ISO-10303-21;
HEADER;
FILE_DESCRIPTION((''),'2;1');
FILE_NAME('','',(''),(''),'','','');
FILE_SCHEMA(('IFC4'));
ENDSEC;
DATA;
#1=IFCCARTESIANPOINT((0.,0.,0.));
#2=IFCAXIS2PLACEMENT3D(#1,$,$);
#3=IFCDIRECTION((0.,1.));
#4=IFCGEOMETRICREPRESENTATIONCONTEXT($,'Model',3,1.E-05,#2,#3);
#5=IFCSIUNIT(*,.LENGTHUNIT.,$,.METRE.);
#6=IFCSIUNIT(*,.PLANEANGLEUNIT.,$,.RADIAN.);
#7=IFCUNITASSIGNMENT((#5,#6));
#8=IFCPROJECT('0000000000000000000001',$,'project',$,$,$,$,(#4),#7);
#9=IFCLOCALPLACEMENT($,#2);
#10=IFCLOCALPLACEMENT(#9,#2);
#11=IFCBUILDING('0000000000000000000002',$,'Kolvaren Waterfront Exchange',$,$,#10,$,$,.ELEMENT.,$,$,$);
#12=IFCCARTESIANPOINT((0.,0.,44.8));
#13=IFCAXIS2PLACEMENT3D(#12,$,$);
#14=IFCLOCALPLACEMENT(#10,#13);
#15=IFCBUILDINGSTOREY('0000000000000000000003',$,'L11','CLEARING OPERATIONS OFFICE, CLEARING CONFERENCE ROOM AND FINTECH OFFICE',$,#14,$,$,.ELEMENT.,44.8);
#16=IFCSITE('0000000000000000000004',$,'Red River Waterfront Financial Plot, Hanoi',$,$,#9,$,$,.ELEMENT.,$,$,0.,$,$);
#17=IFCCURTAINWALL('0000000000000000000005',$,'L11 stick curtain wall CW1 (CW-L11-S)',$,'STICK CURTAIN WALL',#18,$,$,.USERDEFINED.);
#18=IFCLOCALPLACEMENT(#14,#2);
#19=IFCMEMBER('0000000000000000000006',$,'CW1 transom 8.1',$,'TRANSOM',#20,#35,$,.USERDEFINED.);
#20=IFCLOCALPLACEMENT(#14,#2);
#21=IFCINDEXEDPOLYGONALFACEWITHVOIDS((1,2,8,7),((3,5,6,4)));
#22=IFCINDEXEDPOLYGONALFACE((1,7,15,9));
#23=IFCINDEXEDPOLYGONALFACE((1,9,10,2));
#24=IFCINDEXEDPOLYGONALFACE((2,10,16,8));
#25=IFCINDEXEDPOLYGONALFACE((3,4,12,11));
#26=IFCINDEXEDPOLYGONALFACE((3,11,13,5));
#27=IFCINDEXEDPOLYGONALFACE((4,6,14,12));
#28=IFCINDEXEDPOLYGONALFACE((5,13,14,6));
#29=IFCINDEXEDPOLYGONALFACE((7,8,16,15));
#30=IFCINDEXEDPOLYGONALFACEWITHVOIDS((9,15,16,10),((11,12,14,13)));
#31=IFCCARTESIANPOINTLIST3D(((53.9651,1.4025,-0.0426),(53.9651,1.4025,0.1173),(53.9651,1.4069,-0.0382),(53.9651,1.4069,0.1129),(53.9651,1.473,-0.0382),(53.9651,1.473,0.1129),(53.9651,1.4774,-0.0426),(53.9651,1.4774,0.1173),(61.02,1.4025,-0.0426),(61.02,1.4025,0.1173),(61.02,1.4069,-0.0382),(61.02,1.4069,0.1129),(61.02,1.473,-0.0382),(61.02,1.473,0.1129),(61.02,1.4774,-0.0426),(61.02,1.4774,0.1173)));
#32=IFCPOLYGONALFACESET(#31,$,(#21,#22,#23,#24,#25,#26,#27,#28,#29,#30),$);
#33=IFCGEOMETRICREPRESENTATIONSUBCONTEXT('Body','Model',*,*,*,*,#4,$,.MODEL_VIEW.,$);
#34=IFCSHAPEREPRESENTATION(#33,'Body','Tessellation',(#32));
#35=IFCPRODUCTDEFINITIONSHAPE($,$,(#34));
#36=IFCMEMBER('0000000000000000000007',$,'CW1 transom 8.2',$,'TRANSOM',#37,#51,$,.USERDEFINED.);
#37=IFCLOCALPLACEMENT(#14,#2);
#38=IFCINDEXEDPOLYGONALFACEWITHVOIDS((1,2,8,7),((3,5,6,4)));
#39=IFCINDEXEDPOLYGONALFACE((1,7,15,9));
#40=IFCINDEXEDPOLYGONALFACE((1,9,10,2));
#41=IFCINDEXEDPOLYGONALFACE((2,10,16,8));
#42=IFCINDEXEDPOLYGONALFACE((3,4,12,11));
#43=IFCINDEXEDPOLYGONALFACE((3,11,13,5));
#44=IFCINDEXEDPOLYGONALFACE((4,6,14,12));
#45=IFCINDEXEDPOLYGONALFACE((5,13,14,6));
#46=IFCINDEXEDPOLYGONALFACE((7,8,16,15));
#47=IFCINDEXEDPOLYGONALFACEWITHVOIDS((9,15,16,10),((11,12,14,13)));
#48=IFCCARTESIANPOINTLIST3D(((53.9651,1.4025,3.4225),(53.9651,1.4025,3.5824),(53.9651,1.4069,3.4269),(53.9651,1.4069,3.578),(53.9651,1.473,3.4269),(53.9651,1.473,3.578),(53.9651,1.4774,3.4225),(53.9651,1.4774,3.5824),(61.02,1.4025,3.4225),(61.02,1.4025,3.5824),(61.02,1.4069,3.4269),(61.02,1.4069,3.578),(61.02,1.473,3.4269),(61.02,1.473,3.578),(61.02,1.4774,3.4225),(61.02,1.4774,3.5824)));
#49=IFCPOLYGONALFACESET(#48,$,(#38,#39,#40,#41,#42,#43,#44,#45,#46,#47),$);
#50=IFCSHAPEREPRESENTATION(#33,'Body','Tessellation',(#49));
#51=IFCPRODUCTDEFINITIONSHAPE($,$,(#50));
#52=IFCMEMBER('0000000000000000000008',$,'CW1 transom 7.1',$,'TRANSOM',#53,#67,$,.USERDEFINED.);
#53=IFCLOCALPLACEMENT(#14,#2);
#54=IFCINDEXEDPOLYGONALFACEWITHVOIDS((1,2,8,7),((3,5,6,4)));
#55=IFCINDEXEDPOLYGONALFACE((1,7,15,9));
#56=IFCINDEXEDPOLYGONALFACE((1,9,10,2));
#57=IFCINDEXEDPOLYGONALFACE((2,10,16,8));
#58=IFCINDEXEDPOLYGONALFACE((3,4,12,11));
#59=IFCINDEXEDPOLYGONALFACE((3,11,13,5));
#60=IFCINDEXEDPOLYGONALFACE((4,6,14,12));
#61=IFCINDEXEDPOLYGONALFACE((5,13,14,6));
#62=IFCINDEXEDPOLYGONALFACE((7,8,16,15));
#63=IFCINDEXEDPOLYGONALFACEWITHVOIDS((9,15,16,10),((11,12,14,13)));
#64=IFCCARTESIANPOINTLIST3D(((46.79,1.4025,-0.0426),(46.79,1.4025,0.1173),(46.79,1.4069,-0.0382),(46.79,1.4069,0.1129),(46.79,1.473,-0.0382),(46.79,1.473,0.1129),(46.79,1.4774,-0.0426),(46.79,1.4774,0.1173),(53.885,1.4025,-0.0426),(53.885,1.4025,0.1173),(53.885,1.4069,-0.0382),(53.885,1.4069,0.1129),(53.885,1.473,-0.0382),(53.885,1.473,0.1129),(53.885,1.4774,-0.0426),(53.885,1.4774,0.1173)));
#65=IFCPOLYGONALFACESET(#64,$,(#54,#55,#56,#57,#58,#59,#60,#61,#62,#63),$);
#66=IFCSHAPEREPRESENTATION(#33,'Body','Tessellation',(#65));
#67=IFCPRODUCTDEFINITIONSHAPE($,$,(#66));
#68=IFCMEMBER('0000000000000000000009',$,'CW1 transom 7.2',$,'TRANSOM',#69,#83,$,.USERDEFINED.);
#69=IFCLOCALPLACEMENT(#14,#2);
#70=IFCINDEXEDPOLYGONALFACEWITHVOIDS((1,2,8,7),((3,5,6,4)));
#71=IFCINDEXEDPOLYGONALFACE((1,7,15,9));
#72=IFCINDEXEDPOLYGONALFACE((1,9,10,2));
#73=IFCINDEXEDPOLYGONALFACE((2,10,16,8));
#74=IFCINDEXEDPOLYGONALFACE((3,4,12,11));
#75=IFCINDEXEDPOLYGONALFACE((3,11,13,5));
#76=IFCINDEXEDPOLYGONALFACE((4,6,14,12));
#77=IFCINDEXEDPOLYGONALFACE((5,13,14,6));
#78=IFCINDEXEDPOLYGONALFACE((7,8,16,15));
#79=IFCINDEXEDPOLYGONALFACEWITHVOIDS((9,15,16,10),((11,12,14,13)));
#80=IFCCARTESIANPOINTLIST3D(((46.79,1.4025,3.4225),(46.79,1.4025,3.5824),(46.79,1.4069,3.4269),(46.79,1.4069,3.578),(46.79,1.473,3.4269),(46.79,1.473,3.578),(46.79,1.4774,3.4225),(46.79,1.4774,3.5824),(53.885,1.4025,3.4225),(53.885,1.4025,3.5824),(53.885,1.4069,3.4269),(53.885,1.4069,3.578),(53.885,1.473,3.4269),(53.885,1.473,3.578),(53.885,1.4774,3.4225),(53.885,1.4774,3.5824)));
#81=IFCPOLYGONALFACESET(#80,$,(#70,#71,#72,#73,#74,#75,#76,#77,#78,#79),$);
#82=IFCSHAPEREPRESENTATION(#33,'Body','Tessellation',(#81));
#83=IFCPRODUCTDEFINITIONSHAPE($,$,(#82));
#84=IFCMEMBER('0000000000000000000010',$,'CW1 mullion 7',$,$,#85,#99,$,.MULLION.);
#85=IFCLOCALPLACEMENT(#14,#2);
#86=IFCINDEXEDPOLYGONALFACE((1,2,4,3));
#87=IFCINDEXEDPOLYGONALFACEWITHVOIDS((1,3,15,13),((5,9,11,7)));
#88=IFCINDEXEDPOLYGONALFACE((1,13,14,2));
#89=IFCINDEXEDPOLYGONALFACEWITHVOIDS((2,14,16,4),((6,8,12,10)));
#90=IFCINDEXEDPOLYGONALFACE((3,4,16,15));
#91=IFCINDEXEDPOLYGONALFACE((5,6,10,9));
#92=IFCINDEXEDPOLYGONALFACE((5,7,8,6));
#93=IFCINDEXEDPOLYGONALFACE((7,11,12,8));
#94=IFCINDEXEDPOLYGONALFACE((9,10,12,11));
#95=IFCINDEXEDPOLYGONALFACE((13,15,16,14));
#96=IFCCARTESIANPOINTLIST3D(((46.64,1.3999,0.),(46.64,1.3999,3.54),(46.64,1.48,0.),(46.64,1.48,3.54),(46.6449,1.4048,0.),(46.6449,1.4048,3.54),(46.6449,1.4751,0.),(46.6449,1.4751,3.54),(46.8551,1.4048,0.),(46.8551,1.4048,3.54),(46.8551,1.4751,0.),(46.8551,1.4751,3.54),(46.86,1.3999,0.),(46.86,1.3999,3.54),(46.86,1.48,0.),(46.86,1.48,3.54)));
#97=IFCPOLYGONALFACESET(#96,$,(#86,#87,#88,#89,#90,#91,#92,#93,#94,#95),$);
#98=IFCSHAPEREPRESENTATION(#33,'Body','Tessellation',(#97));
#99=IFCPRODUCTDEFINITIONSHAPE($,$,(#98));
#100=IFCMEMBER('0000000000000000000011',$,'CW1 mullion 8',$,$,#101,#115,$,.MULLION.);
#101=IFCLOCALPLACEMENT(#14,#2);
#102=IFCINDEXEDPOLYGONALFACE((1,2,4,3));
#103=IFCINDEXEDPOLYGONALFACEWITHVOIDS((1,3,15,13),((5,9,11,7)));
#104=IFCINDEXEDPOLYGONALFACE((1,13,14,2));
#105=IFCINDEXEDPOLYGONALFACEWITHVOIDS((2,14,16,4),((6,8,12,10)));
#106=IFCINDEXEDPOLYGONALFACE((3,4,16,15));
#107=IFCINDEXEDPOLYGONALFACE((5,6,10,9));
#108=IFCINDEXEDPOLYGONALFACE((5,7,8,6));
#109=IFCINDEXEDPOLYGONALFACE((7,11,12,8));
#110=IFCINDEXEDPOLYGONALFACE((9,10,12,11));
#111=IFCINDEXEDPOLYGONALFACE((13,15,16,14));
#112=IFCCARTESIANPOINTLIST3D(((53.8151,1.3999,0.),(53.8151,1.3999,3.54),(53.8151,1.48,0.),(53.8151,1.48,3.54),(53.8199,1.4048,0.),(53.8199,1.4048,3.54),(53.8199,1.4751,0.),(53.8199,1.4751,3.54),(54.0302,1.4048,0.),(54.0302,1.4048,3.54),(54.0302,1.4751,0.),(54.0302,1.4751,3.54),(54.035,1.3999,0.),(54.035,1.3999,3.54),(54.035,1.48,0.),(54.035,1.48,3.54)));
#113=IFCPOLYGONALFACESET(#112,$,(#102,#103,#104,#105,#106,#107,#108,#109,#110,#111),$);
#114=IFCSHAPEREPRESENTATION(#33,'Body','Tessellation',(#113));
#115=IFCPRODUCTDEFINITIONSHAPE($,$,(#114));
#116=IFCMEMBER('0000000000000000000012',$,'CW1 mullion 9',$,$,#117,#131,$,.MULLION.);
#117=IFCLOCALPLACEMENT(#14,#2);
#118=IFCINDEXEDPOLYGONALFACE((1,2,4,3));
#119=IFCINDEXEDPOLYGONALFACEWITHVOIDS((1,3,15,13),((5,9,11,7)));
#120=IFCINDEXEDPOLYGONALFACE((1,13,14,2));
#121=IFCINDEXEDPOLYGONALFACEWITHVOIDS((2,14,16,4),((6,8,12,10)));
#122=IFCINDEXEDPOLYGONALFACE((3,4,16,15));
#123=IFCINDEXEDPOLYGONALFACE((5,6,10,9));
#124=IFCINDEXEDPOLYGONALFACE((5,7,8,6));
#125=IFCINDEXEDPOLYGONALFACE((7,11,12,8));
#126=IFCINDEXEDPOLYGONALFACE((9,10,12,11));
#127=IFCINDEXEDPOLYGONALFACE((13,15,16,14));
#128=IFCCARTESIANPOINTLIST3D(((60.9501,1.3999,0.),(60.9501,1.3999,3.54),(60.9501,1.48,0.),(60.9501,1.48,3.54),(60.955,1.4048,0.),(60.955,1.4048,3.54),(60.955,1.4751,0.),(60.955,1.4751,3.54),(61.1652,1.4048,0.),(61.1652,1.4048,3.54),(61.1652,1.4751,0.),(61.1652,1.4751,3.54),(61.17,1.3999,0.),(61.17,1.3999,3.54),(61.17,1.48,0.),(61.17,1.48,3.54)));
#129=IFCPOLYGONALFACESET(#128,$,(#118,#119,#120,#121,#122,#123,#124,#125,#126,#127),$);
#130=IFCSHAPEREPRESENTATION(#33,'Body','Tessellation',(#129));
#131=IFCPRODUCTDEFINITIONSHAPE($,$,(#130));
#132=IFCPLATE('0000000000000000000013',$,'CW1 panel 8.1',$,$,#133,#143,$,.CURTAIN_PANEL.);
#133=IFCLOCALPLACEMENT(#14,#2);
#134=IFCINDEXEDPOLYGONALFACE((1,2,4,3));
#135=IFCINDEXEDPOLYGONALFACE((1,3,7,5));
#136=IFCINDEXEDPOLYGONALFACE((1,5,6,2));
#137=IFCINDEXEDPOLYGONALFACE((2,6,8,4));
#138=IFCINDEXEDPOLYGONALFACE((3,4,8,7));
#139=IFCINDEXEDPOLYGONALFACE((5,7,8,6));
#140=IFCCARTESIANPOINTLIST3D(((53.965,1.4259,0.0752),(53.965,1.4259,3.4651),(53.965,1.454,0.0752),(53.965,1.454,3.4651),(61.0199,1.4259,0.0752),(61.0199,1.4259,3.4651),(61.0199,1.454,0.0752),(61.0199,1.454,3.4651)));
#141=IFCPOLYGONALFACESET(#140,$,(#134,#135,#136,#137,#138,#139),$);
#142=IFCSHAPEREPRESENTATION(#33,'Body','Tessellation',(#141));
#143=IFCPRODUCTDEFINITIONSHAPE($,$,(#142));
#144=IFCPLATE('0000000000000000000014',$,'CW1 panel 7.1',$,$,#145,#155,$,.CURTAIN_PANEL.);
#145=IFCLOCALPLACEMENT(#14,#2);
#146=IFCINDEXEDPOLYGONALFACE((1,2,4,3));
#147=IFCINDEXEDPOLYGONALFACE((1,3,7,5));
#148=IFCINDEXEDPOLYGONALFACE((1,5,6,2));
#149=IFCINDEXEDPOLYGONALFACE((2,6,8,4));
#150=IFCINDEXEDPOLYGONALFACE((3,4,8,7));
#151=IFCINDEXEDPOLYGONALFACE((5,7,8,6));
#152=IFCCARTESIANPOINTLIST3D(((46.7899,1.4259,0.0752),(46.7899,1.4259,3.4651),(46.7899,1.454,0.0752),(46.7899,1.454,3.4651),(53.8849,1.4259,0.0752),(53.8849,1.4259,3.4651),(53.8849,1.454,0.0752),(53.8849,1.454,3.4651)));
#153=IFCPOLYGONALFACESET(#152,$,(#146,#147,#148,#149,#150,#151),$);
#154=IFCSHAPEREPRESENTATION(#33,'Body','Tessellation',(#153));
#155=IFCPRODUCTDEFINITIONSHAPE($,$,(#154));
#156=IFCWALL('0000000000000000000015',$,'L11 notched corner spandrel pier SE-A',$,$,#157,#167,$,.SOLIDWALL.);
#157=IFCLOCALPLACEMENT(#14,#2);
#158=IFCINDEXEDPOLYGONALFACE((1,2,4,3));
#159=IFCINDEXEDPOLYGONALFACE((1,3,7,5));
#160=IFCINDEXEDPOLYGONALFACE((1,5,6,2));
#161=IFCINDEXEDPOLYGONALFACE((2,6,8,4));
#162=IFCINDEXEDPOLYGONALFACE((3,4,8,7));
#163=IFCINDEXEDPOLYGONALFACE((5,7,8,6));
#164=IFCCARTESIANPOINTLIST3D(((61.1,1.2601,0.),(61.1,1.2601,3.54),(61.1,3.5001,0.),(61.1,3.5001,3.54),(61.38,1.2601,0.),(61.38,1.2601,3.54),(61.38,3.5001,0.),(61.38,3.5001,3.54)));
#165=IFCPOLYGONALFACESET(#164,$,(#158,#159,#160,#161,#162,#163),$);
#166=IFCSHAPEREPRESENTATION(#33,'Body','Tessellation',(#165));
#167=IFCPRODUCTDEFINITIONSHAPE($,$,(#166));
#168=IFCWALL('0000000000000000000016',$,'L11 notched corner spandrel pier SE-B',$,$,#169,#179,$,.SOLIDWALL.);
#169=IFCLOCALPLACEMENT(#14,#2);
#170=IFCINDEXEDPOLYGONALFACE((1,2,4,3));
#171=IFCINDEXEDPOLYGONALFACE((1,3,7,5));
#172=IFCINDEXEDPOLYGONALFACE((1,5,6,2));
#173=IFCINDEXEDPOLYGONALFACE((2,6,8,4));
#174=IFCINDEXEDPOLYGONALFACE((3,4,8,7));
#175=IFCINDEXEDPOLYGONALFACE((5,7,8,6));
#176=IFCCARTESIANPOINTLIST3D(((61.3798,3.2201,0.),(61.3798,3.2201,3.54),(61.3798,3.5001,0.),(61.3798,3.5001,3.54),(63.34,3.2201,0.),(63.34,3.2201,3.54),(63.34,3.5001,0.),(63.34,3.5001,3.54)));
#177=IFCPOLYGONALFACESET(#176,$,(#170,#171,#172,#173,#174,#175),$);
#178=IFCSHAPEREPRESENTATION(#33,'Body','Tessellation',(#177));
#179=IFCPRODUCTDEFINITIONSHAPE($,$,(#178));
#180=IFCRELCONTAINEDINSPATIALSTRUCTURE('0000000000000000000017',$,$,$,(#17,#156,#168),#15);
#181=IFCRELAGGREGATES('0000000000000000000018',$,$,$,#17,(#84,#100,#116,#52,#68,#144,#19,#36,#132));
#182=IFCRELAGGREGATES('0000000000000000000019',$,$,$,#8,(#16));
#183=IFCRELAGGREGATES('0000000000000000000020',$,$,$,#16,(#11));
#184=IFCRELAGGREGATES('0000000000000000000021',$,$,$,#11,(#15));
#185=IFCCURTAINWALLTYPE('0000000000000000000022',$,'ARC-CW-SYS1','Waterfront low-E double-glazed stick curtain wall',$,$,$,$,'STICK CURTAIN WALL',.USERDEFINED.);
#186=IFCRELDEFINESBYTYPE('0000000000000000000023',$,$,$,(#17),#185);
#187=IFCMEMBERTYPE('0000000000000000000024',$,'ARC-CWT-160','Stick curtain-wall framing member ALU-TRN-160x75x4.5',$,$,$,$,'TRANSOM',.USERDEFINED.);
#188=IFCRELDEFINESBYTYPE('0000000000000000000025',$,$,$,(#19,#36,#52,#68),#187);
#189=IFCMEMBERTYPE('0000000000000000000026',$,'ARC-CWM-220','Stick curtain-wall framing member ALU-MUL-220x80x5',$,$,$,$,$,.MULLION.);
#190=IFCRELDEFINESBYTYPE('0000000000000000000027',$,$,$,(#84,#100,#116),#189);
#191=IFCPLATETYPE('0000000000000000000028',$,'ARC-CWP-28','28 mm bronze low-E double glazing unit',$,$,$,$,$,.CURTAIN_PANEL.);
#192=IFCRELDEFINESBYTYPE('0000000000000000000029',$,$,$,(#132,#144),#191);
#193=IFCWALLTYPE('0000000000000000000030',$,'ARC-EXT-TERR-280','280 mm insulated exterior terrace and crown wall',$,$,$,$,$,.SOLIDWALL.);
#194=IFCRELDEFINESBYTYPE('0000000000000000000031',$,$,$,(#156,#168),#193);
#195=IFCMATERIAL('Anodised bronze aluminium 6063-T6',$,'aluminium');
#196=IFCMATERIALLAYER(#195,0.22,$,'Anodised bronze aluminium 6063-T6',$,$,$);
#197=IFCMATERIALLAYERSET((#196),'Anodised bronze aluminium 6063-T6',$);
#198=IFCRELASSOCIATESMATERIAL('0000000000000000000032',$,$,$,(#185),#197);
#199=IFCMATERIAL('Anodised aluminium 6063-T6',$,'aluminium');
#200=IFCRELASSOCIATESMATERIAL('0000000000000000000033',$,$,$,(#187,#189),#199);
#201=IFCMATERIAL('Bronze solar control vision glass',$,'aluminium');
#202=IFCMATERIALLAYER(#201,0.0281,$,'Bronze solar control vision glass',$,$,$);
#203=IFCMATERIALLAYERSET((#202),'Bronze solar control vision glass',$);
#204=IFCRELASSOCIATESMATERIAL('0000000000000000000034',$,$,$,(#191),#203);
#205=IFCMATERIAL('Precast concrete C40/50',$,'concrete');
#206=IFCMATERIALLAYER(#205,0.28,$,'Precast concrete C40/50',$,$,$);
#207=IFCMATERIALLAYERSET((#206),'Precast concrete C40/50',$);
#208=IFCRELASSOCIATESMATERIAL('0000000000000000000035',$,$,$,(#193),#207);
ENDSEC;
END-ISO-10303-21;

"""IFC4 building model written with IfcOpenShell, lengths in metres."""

from ifc_helpers import new_model, si_unit, direction, frame, frame_2d, origin, origin_with_axes, origin_2d, place, context, subcontext, project, spatial, rectangle, hollow_rectangle, extrude, source, transform, mapped, material, layer, layer_set, material_profile, profile_set, type_object, element, aggregate, save


model = new_model("IFC4")

# Units and contexts
model_context = context("Model", 3, precision=1e-05, world=origin(), true_north=direction((0.0, 1.0)))
body_context = subcontext(model_context, "Body", "Model", "MODEL_VIEW")
ifc_project = project(units=[si_unit("LENGTHUNIT", "METRE"), si_unit("PLANEANGLEUNIT", "RADIAN")], contexts=[model_context])

# Site, building, storey
site_placement = place(None, origin())
site = spatial("IfcSite", under=ifc_project, at=site_placement, Name="Red River Waterfront Financial Plot, Hanoi", CompositionType="ELEMENT", RefElevation=0.0)
building_placement = place(site_placement, origin())
building = spatial("IfcBuilding", under=site, at=building_placement, Name="Kolvaren Waterfront Exchange", CompositionType="ELEMENT")
storey_placement = place(building_placement, frame((0.0, 0.0, 44.8)))
storey = spatial("IfcBuildingStorey", under=building, at=storey_placement, Name="L11", Description="CLEARING OPERATIONS OFFICE, CLEARING CONFERENCE ROOM AND FINTECH OFFICE", CompositionType="ELEMENT", Elevation=44.8)

# Curtain wall, members, plates
ifc_material_1 = material(Name="Anodised bronze aluminium 6063-T6", Category="aluminium")
ifc_layer_1 = layer(ifc_material_1, 0.22, Name="Anodised bronze aluminium 6063-T6")
ifc_layer_set_1 = layer_set([ifc_layer_1], Name="Anodised bronze aluminium 6063-T6")
curtain_wall_type = type_object("IfcCurtainWallType", Name="ARC-CW-SYS1", Description="Waterfront low-E double-glazed stick curtain wall", ElementType="STICK CURTAIN WALL", PredefinedType="USERDEFINED", material=ifc_layer_set_1)
curtain_wall_placement = place(storey_placement, origin())
curtain_wall = element("IfcCurtainWall", 1, at=curtain_wall_placement, inside=storey, type_object=curtain_wall_type, Name="L11 stick curtain wall CW1 (CW-L11-S)", ObjectType="STICK CURTAIN WALL", PredefinedType="USERDEFINED")
ifc_material_2 = material(Name="Anodised aluminium 6063-T6", Category="aluminium")
ifc_material_profile_1 = material_profile(ifc_material_2, hollow_rectangle(XDim=0.075, YDim=0.1599, WallThickness=0.0044, at=origin_2d()), Name="ALU-TRN-160x75x4.5")
ifc_profile_set_1 = profile_set([ifc_material_profile_1], Name="Anodised aluminium 6063-T6")
member_type_1 = type_object("IfcMemberType", Name="ARC-CWT-160", Description="Stick curtain-wall framing member ALU-TRN-160x75x4.5", ElementType="TRANSOM", PredefinedType="USERDEFINED", material=ifc_profile_set_1)
shared_shape_1 = source(origin_with_axes(), body_context, "Body", "SweptSolid", [
    extrude(hollow_rectangle(XDim=0.075, YDim=0.1599, WallThickness=0.0044, at=origin_2d()), origin(), (0.0, 0.0, 1.0), 7.0549),
])
member_1_placement = place(storey_placement, frame((53.9651, 1.4399, 0.0374), z_axis=(1.0, 0.0, 0.0), x_axis=(0.0, 1.0, 0.0)))
member_1 = element("IfcMember", 2, at=member_1_placement, type_object=member_type_1, Name="CW1 transom 8.1", ObjectType="TRANSOM", PredefinedType="USERDEFINED", context=body_context, shape_type="MappedRepresentation", body=[
    mapped(shared_shape_1, transform((0.0, 0.0, 0.0), x_axis=(1.0, 0.0, 0.0), y_axis=(0.0, 1.0, 0.0), z_axis=(0.0, 0.0, 1.0), scale=1.0)),
])
member_2_placement = place(storey_placement, frame((53.9651, 1.4399, 3.5024), z_axis=(1.0, 0.0, 0.0), x_axis=(0.0, 1.0, 0.0)))
member_2 = element("IfcMember", 3, at=member_2_placement, type_object=member_type_1, Name="CW1 transom 8.2", ObjectType="TRANSOM", PredefinedType="USERDEFINED", context=body_context, shape_type="MappedRepresentation", body=[
    mapped(shared_shape_1, transform((0.0, 0.0, 0.0), x_axis=(1.0, 0.0, 0.0), y_axis=(0.0, 1.0, 0.0), z_axis=(0.0, 0.0, 1.0), scale=1.0)),
])
shared_shape_2 = source(origin_with_axes(), body_context, "Body", "SweptSolid", [
    extrude(hollow_rectangle(XDim=0.075, YDim=0.1599, WallThickness=0.0044, at=origin_2d()), origin(), (0.0, 0.0, 1.0), 7.095),
])
member_3_placement = place(storey_placement, frame((46.79, 1.4399, 0.0374), z_axis=(1.0, 0.0, 0.0), x_axis=(0.0, 1.0, 0.0)))
member_3 = element("IfcMember", 4, at=member_3_placement, type_object=member_type_1, Name="CW1 transom 7.1", ObjectType="TRANSOM", PredefinedType="USERDEFINED", context=body_context, shape_type="MappedRepresentation", body=[
    mapped(shared_shape_2, transform((0.0, 0.0, 0.0), x_axis=(1.0, 0.0, 0.0), y_axis=(0.0, 1.0, 0.0), z_axis=(0.0, 0.0, 1.0), scale=1.0)),
])
member_4_placement = place(storey_placement, frame((46.79, 1.4399, 3.5024), z_axis=(1.0, 0.0, 0.0), x_axis=(0.0, 1.0, 0.0)))
member_4 = element("IfcMember", 5, at=member_4_placement, type_object=member_type_1, Name="CW1 transom 7.2", ObjectType="TRANSOM", PredefinedType="USERDEFINED", context=body_context, shape_type="MappedRepresentation", body=[
    mapped(shared_shape_2, transform((0.0, 0.0, 0.0), x_axis=(1.0, 0.0, 0.0), y_axis=(0.0, 1.0, 0.0), z_axis=(0.0, 0.0, 1.0), scale=1.0)),
])
ifc_material_profile_2 = material_profile(ifc_material_2, hollow_rectangle(XDim=0.0801, YDim=0.22, WallThickness=0.0049, at=origin_2d()), Name="ALU-MUL-220x80x5")
ifc_profile_set_2 = profile_set([ifc_material_profile_2], Name="Anodised aluminium 6063-T6")
member_type_2 = type_object("IfcMemberType", Name="ARC-CWM-220", Description="Stick curtain-wall framing member ALU-MUL-220x80x5", PredefinedType="MULLION", material=ifc_profile_set_2)
shared_shape_3 = source(origin_with_axes(), body_context, "Body", "SweptSolid", [
    extrude(hollow_rectangle(XDim=0.0801, YDim=0.22, WallThickness=0.0049, at=origin_2d()), origin(), (0.0, 0.0, 1.0), 3.54),
])
member_5_placement = place(storey_placement, frame((46.75, 1.4399, 0.0), z_axis=(0.0, 0.0, 1.0), x_axis=(0.0, 1.0, 0.0)))
member_5 = element("IfcMember", 6, at=member_5_placement, type_object=member_type_2, Name="CW1 mullion 7", PredefinedType="MULLION", context=body_context, shape_type="MappedRepresentation", body=[
    mapped(shared_shape_3, transform((0.0, 0.0, 0.0), x_axis=(1.0, 0.0, 0.0), y_axis=(0.0, 1.0, 0.0), z_axis=(0.0, 0.0, 1.0), scale=1.0)),
])
member_6_placement = place(storey_placement, frame((53.925, 1.4399, 0.0), z_axis=(0.0, 0.0, 1.0), x_axis=(0.0, 1.0, 0.0)))
member_6 = element("IfcMember", 7, at=member_6_placement, type_object=member_type_2, Name="CW1 mullion 8", PredefinedType="MULLION", context=body_context, shape_type="MappedRepresentation", body=[
    mapped(shared_shape_3, transform((0.0, 0.0, 0.0), x_axis=(1.0, 0.0, 0.0), y_axis=(0.0, 1.0, 0.0), z_axis=(0.0, 0.0, 1.0), scale=1.0)),
])
member_7_placement = place(storey_placement, frame((61.0601, 1.4399, 0.0), z_axis=(0.0, 0.0, 1.0), x_axis=(0.0, 1.0, 0.0)))
member_7 = element("IfcMember", 8, at=member_7_placement, type_object=member_type_2, Name="CW1 mullion 9", PredefinedType="MULLION", context=body_context, shape_type="MappedRepresentation", body=[
    mapped(shared_shape_3, transform((0.0, 0.0, 0.0), x_axis=(1.0, 0.0, 0.0), y_axis=(0.0, 1.0, 0.0), z_axis=(0.0, 0.0, 1.0), scale=1.0)),
])
ifc_material_3 = material(Name="Bronze solar control vision glass", Category="aluminium")
ifc_layer_2 = layer(ifc_material_3, 0.0281, Name="Bronze solar control vision glass")
ifc_layer_set_2 = layer_set([ifc_layer_2], Name="Bronze solar control vision glass")
plate_type = type_object("IfcPlateType", Name="ARC-CWP-28", Description="28 mm bronze low-E double glazing unit", PredefinedType="CURTAIN_PANEL", material=ifc_layer_set_2)
shared_shape_4 = source(origin_with_axes(), body_context, "Body", "SweptSolid", [
    extrude(rectangle(XDim=7.0549, YDim=0.0281, at=origin_2d()), origin(), (0.0, 0.0, 1.0), 3.3899),
])
plate_1_placement = place(storey_placement, frame((57.4924, 1.4399, 0.0752), z_axis=(0.0, 0.0, 1.0), x_axis=(1.0, 0.0, 0.0)))
plate_1 = element("IfcPlate", 9, at=plate_1_placement, type_object=plate_type, Name="CW1 panel 8.1", PredefinedType="CURTAIN_PANEL", context=body_context, shape_type="MappedRepresentation", body=[
    mapped(shared_shape_4, transform((0.0, 0.0, 0.0), x_axis=(1.0, 0.0, 0.0), y_axis=(0.0, 1.0, 0.0), z_axis=(0.0, 0.0, 1.0), scale=1.0)),
])
shared_shape_5 = source(origin_with_axes(), body_context, "Body", "SweptSolid", [
    extrude(rectangle(XDim=7.095, YDim=0.0281, at=origin_2d()), origin(), (0.0, 0.0, 1.0), 3.3899),
])
plate_2_placement = place(storey_placement, frame((50.3374, 1.4399, 0.0752), z_axis=(0.0, 0.0, 1.0), x_axis=(1.0, 0.0, 0.0)))
plate_2 = element("IfcPlate", 10, at=plate_2_placement, type_object=plate_type, Name="CW1 panel 7.1", PredefinedType="CURTAIN_PANEL", context=body_context, shape_type="MappedRepresentation", body=[
    mapped(shared_shape_5, transform((0.0, 0.0, 0.0), x_axis=(1.0, 0.0, 0.0), y_axis=(0.0, 1.0, 0.0), z_axis=(0.0, 0.0, 1.0), scale=1.0)),
])
aggregate(curtain_wall, [member_5, member_6, member_7, member_3, member_4, plate_2, member_1, member_2, plate_1])

# Walls
ifc_material_4 = material(Name="Precast concrete C40/50", Category="concrete")
ifc_layer_3 = layer(ifc_material_4, 0.28, Name="Precast concrete C40/50")
ifc_layer_set_3 = layer_set([ifc_layer_3], Name="Precast concrete C40/50")
wall_type_1 = type_object("IfcWallType", Name="ARC-EXT-TERR-280", Description="280 mm insulated exterior terrace and crown wall", PredefinedType="SOLIDWALL", material=ifc_layer_set_3)
wall_1_placement = place(storey_placement, frame((61.24, 1.26, 0.0), z_axis=(0.0, 0.0, 1.0), x_axis=(0.0, 1.0, 0.0)))
element("IfcWall", 11, at=wall_1_placement, inside=storey, type_object=wall_type_1, Name="L11 notched corner spandrel pier SE-A", PredefinedType="SOLIDWALL", context=body_context, shape_type="SweptSolid", body=[
    extrude(rectangle(XDim=2.24, YDim=0.28, at=frame_2d((1.1201, 0.0))), origin(), (0.0, 0.0, 1.0), 3.54),
])
wall_2_placement = place(storey_placement, frame((61.3799, 3.3601, 0.0), z_axis=(0.0, 0.0, 1.0), x_axis=(1.0, 0.0, 0.0)))
element("IfcWall", 12, at=wall_2_placement, inside=storey, type_object=wall_type_1, Name="L11 notched corner spandrel pier SE-B", PredefinedType="SOLIDWALL", context=body_context, shape_type="SweptSolid", body=[
    extrude(rectangle(XDim=1.9602, YDim=0.28, at=frame_2d((0.98, 0.0))), origin(), (0.0, 0.0, 1.0), 3.54),
])

save(model, "model.ifc")
